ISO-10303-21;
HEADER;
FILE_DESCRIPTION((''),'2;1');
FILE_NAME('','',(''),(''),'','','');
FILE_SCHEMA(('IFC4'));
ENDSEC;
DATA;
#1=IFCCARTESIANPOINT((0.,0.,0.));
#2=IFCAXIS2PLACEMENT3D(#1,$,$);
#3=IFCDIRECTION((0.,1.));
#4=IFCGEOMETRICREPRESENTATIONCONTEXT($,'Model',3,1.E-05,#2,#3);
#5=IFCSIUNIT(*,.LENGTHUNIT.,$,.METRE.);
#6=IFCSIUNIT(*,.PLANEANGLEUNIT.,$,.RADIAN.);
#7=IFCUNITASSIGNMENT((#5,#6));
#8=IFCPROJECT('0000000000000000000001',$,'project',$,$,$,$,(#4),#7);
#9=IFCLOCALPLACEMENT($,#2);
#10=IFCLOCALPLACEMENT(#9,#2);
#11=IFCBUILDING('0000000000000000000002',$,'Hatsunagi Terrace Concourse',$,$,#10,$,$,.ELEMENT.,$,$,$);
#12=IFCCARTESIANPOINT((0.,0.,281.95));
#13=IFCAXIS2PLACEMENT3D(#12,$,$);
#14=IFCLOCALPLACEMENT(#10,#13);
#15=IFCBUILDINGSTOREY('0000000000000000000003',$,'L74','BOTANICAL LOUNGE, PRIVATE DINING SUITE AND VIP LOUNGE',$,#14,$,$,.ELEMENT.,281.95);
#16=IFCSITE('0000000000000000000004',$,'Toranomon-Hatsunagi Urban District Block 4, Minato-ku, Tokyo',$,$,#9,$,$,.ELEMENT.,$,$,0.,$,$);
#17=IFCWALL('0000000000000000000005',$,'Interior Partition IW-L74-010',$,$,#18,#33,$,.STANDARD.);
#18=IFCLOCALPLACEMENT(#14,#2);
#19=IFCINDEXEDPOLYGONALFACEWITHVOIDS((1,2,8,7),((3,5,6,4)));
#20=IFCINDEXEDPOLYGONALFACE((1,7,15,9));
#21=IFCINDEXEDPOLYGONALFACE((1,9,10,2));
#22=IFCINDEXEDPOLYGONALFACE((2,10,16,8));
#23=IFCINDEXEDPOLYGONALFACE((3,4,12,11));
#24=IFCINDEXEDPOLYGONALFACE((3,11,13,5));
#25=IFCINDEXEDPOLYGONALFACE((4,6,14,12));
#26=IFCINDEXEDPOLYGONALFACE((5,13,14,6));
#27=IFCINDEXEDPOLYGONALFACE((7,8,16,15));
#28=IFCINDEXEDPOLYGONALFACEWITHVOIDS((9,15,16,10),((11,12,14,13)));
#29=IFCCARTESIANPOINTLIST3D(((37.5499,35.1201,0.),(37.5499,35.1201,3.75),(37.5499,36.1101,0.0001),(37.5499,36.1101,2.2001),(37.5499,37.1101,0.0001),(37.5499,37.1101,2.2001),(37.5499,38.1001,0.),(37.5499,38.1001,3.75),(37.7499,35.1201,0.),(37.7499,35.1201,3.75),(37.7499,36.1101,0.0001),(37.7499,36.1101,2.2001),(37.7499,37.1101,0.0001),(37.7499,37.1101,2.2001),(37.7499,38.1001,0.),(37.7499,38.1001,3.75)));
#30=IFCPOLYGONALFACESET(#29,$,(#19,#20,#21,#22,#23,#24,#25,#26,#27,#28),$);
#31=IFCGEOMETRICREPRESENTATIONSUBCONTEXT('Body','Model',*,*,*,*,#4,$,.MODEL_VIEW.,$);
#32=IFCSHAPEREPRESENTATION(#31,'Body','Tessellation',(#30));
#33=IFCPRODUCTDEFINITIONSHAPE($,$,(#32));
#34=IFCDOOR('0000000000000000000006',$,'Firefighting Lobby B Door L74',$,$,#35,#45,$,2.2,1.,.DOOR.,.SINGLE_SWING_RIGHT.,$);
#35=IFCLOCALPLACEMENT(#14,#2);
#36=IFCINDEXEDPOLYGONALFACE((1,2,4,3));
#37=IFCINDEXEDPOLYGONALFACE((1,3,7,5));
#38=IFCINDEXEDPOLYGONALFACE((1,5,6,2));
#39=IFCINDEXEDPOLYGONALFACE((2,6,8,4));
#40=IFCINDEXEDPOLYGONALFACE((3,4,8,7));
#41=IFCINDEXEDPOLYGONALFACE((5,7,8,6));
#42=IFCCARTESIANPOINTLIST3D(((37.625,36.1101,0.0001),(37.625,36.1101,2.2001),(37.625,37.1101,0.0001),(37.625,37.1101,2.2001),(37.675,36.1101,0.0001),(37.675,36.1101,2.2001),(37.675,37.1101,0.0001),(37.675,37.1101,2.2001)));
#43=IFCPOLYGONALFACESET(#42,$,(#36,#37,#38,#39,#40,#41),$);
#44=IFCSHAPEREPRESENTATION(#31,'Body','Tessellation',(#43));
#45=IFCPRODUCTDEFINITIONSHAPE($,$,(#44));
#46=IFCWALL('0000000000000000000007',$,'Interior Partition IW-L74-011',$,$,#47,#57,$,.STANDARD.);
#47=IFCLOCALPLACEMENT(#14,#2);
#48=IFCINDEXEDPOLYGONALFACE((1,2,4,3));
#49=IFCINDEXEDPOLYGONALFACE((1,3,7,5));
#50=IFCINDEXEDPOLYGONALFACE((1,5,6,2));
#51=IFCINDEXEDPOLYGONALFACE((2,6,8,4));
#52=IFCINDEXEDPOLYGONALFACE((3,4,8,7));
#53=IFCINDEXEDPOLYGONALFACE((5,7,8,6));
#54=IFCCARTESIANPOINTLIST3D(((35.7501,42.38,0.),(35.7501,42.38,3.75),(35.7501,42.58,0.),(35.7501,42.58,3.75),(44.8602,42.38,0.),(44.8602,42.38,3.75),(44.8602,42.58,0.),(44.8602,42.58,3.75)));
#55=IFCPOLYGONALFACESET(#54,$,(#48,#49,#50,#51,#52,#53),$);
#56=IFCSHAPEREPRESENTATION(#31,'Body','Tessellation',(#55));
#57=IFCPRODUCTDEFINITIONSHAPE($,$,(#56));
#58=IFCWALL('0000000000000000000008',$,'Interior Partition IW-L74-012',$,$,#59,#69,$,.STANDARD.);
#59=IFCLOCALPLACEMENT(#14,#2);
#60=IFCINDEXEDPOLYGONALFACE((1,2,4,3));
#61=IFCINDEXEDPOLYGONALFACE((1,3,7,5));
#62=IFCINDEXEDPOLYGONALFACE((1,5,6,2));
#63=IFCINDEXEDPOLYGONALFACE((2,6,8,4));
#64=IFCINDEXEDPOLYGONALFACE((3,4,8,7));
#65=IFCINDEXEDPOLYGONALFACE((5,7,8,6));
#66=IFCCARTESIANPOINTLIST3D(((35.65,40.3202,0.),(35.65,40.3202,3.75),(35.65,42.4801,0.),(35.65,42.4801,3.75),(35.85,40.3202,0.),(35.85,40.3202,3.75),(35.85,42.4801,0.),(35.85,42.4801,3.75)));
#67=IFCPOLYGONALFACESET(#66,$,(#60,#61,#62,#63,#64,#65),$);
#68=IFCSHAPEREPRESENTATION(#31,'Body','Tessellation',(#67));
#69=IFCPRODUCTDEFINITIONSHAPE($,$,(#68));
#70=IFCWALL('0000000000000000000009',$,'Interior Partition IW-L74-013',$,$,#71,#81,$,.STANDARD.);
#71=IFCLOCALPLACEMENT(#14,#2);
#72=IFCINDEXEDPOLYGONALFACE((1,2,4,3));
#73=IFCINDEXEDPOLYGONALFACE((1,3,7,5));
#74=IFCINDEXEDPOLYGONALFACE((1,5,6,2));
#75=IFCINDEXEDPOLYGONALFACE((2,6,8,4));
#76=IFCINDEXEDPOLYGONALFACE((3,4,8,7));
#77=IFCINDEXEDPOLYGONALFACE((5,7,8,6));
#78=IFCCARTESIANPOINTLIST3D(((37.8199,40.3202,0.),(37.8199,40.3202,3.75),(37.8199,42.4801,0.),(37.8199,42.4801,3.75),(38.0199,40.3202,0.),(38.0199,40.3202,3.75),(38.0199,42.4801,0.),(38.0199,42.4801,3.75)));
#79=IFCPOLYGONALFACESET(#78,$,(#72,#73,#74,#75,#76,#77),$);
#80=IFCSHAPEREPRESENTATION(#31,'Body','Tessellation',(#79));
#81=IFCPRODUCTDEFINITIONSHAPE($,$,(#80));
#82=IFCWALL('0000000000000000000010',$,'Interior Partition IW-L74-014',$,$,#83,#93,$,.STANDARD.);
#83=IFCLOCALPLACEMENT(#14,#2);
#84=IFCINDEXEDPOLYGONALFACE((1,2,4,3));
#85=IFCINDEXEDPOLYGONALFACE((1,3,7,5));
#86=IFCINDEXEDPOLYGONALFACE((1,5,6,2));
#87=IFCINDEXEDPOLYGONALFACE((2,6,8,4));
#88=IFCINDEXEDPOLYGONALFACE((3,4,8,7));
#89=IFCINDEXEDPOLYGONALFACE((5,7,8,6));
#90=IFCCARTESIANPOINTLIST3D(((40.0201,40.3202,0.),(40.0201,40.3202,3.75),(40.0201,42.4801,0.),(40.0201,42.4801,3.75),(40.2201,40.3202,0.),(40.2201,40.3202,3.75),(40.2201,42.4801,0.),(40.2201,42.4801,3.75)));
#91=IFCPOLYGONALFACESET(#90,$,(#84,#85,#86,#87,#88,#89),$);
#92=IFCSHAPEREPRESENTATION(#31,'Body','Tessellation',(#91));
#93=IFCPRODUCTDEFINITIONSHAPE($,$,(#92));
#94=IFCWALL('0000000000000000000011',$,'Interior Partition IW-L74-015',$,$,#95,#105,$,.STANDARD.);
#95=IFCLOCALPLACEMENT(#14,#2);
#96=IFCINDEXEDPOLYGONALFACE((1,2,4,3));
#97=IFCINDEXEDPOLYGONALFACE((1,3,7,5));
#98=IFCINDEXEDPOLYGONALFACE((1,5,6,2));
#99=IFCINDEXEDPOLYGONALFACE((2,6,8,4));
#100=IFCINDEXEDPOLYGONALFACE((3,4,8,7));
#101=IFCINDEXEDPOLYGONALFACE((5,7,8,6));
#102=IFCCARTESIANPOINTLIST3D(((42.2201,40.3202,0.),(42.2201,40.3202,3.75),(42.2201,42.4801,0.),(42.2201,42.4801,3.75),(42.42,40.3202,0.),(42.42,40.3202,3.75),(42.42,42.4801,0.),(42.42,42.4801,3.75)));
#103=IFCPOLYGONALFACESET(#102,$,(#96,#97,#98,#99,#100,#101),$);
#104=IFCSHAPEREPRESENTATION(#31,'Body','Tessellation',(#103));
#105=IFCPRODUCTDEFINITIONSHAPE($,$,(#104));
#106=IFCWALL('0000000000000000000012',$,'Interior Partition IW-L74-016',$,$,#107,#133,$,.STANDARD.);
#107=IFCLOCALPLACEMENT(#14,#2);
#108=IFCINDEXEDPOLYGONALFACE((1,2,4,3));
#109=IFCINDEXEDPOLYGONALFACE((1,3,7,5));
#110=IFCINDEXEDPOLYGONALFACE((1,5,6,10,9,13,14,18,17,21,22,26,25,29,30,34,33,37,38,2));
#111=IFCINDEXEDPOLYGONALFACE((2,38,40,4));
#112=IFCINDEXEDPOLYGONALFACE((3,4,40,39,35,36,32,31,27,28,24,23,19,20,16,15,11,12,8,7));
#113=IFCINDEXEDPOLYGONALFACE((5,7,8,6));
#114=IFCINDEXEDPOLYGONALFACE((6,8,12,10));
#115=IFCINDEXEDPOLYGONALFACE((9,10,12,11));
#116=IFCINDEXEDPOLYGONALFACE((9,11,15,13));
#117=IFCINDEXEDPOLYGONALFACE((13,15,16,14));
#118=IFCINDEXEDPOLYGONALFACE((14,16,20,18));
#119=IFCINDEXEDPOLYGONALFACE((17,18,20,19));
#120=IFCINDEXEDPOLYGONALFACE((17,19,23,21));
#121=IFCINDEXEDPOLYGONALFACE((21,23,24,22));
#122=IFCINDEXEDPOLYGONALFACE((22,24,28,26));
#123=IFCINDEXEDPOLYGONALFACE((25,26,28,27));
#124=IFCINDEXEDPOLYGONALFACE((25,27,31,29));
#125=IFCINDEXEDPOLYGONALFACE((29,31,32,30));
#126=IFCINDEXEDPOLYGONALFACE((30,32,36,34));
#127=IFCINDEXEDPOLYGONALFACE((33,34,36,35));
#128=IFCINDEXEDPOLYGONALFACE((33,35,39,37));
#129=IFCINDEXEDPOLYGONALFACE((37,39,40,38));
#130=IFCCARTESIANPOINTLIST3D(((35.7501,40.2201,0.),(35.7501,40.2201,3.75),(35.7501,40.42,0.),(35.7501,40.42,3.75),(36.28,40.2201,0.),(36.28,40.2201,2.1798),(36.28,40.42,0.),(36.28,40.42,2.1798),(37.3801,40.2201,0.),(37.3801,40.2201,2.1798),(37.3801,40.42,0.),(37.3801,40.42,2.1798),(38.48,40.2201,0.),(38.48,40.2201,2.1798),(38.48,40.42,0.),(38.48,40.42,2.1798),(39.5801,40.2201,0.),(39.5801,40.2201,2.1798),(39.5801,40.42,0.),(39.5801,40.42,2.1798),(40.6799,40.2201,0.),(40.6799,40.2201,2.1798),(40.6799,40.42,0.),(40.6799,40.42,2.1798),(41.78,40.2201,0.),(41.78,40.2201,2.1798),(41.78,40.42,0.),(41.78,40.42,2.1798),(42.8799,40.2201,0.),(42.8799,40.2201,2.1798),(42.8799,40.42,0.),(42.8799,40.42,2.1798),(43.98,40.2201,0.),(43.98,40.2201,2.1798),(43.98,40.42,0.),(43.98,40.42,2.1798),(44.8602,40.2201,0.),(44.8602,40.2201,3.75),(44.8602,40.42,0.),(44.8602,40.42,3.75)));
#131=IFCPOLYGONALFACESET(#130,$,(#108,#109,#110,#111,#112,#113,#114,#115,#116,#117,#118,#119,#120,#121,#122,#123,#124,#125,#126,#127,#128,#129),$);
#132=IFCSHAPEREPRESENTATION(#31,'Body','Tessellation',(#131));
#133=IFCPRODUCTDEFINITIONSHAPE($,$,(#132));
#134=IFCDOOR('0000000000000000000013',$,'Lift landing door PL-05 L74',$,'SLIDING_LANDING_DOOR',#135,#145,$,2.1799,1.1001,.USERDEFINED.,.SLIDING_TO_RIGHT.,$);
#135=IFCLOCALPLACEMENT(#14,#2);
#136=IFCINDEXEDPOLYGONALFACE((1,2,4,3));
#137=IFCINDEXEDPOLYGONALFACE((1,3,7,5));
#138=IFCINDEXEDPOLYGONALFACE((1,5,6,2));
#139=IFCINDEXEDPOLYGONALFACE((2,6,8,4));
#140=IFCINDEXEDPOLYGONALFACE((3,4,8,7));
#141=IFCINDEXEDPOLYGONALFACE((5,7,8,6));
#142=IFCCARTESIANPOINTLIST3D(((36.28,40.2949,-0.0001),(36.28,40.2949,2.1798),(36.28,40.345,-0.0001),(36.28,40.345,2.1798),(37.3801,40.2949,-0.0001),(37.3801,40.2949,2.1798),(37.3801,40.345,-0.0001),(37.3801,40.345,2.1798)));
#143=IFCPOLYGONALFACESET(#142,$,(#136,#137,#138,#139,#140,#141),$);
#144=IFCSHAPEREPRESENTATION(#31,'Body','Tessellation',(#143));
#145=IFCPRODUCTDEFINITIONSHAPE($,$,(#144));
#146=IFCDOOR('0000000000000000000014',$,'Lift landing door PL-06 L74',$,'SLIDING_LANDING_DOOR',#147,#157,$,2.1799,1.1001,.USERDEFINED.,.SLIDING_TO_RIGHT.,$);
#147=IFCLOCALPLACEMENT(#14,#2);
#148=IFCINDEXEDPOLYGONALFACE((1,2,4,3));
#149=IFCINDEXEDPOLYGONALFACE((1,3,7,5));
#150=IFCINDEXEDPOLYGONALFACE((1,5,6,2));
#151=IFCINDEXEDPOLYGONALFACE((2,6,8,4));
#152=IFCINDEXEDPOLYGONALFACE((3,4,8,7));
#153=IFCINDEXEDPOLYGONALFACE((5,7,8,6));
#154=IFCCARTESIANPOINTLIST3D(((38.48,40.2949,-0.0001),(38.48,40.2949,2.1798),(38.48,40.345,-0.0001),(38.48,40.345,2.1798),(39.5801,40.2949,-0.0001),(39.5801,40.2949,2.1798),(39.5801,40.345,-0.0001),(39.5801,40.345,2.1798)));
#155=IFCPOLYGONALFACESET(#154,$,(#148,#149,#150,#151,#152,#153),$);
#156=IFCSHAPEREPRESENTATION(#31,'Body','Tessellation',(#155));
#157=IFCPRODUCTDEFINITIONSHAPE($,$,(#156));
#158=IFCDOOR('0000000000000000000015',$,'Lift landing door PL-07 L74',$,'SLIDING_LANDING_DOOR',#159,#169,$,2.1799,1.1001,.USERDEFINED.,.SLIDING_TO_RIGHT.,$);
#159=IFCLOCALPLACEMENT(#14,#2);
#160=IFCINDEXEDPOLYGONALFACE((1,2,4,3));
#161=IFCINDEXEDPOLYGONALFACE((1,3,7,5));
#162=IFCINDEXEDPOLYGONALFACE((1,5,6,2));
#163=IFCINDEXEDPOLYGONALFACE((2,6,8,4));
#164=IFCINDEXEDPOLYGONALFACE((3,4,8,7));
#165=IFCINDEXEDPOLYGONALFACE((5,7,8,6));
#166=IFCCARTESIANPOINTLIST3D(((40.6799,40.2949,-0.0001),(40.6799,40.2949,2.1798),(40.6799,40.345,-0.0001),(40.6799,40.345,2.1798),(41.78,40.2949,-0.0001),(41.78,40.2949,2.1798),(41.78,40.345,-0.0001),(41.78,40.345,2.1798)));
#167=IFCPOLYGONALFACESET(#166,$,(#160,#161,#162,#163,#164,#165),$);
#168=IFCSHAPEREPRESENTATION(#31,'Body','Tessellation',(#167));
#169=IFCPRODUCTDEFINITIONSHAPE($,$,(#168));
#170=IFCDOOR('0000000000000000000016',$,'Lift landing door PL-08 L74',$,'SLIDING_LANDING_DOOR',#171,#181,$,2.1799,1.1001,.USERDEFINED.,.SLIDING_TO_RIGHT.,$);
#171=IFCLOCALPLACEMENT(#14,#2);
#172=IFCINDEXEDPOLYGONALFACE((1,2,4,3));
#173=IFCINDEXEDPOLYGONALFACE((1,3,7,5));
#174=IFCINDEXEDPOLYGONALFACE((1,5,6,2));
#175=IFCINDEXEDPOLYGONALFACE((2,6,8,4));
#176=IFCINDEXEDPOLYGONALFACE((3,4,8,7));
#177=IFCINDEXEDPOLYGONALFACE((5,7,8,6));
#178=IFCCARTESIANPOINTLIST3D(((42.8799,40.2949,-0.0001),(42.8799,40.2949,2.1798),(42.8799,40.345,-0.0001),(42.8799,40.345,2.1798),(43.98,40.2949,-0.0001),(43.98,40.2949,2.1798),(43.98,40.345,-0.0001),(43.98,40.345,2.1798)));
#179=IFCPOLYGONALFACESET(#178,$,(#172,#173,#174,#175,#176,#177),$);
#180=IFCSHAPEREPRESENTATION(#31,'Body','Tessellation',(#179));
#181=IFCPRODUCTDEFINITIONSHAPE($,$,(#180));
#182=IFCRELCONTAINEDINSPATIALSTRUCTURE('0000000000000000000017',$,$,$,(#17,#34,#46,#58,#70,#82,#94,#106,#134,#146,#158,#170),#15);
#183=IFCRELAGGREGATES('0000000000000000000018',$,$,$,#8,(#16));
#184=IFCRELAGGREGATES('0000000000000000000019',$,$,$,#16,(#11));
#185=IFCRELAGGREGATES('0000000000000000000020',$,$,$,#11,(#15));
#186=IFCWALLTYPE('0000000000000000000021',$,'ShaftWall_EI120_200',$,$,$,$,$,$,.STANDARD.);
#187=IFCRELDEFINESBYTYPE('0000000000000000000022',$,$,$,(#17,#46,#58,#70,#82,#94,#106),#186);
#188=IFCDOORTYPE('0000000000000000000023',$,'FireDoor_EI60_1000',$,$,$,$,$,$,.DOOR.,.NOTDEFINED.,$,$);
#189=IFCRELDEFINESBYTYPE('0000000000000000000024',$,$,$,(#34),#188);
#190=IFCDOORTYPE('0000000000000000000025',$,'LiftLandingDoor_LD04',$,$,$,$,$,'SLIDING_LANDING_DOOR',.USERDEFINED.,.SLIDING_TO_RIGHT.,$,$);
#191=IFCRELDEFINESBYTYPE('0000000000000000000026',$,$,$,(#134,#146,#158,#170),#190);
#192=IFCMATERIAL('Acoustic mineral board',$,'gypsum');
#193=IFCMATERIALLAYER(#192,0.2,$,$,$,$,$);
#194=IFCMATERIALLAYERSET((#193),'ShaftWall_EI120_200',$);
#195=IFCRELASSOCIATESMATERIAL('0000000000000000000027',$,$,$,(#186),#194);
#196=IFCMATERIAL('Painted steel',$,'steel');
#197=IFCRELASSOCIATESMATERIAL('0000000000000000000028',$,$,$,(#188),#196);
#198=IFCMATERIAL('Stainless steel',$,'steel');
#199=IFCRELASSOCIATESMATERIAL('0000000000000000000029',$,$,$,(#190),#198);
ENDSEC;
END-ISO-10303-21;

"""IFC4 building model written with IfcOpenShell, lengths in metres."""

from ifc_helpers import new_model, si_unit, direction, frame, frame_2d, origin, place, context, subcontext, project, spatial, rectangle, extrude, material, layer, layer_set, type_object, element, fill, save


model = new_model("IFC4")

# Units and contexts
model_context = context("Model", 3, precision=1e-05, world=origin(), true_north=direction((0.0, 1.0)))
body_context = subcontext(model_context, "Body", "Model", "MODEL_VIEW")
ifc_project = project(units=[si_unit("LENGTHUNIT", "METRE"), si_unit("PLANEANGLEUNIT", "RADIAN")], contexts=[model_context])

# Site, building, storey
site_placement = place(None, origin())
site = spatial("IfcSite", under=ifc_project, at=site_placement, Name="Toranomon-Hatsunagi Urban District Block 4, Minato-ku, Tokyo", CompositionType="ELEMENT", RefElevation=0.0)
building_placement = place(site_placement, origin())
building = spatial("IfcBuilding", under=site, at=building_placement, Name="Hatsunagi Terrace Concourse", CompositionType="ELEMENT")
storey_placement = place(building_placement, frame((0.0, 0.0, 281.95)))
storey = spatial("IfcBuildingStorey", under=building, at=storey_placement, Name="L74", Description="BOTANICAL LOUNGE, PRIVATE DINING SUITE AND VIP LOUNGE", CompositionType="ELEMENT", Elevation=281.95)

# Shared definitions
ifc_material_1 = material(Name="Acoustic mineral board", Category="gypsum")
ifc_layer_1 = layer(ifc_material_1, 0.2)
ifc_layer_set_1 = layer_set([ifc_layer_1], Name="ShaftWall_EI120_200")
wall_type_1 = type_object("IfcWallType", Name="ShaftWall_EI120_200", PredefinedType="STANDARD", material=ifc_layer_set_1)

# Wall, opening, door
wall_1_placement = place(storey_placement, frame((37.6499, 35.1201, 0.0), z_axis=(0.0, 0.0, 1.0), x_axis=(0.0, 1.0, 0.0)))
wall_1 = element("IfcWall", 1, at=wall_1_placement, inside=storey, type_object=wall_type_1, Name="Interior Partition IW-L74-010", PredefinedType="STANDARD", context=body_context, shape_type="SweptSolid", body=[
    extrude(rectangle(XDim=2.98, YDim=0.2, at=frame_2d((1.49, 0.0))), origin(), (0.0, 0.0, 1.0), 3.75),
])
opening_1_placement = place(wall_1_placement, frame((0.99, 0.0, 0.0)))
opening_1 = element("IfcOpeningElement", 2, at=opening_1_placement, cuts=wall_1, PredefinedType="OPENING", context=body_context, shape_type="SweptSolid", body=[
    extrude(rectangle(XDim=1.0, YDim=2.2, at=frame_2d((0.5, 1.1001))), frame((0.0, 0.1099, 0.0), z_axis=(0.0, -1.0, 0.0), x_axis=(1.0, 0.0, 0.0)), (0.0, 0.0, 1.0), 0.22),
])
ifc_material_2 = material(Name="Painted steel", Category="steel")
door_type_1 = type_object("IfcDoorType", Name="FireDoor_EI60_1000", OperationType="NOTDEFINED", PredefinedType="DOOR", material=ifc_material_2)
door_1_placement = place(opening_1_placement, origin())
door_1 = element("IfcDoor", 3, at=door_1_placement, inside=storey, type_object=door_type_1, Name="Firefighting Lobby B Door L74", OperationType="SINGLE_SWING_RIGHT", OverallHeight=2.2, OverallWidth=1.0, PredefinedType="DOOR", context=body_context, shape_type="SweptSolid", body=[
    extrude(rectangle(XDim=1.0, YDim=2.2, at=frame_2d((0.5, 1.1001))), frame((0.0, 0.0249, 0.0), z_axis=(0.0, -1.0, 0.0), x_axis=(1.0, 0.0, 0.0)), (0.0, 0.0, 1.0), 0.05),
])
fill(opening_1, door_1)

# Walls
wall_2_placement = place(storey_placement, frame((35.75, 42.48, 0.0), z_axis=(0.0, 0.0, 1.0), x_axis=(1.0, 0.0, 0.0)))
element("IfcWall", 4, at=wall_2_placement, inside=storey, type_object=wall_type_1, Name="Interior Partition IW-L74-011", PredefinedType="STANDARD", context=body_context, shape_type="SweptSolid", body=[
    extrude(rectangle(XDim=9.1101, YDim=0.2, at=frame_2d((4.5552, 0.0))), origin(), (0.0, 0.0, 1.0), 3.75),
])
for number, where, z_axis, x_axis, name in (
    (5, (35.75, 40.3201, 0.0), (0.0, 0.0, 1.0), (0.0, 1.0, 0.0), "Interior Partition IW-L74-012"),
    (6, (37.9199, 40.3201, 0.0), (0.0, 0.0, 1.0), (0.0, 1.0, 0.0), "Interior Partition IW-L74-013"),
    (7, (40.1201, 40.3201, 0.0), (0.0, 0.0, 1.0), (0.0, 1.0, 0.0), "Interior Partition IW-L74-014"),
    (8, (42.3201, 40.3201, 0.0), (0.0, 0.0, 1.0), (0.0, 1.0, 0.0), "Interior Partition IW-L74-015"),
):
    element("IfcWall", number, at=place(storey_placement, frame(where, z_axis=z_axis, x_axis=x_axis)), inside=storey, type_object=wall_type_1, Name=name, PredefinedType="STANDARD", context=body_context, shape_type="SweptSolid", body=[
        extrude(rectangle(XDim=2.1599, YDim=0.2, at=frame_2d((1.0801, 0.0))), origin(), (0.0, 0.0, 1.0), 3.75),
    ])

# Wall, openings, doors
wall_3_placement = place(storey_placement, frame((35.75, 40.3201, 0.0), z_axis=(0.0, 0.0, 1.0), x_axis=(1.0, 0.0, 0.0)))
wall_3 = element("IfcWall", 9, at=wall_3_placement, inside=storey, type_object=wall_type_1, Name="Interior Partition IW-L74-016", PredefinedType="STANDARD", context=body_context, shape_type="SweptSolid", body=[
    extrude(rectangle(XDim=9.1101, YDim=0.2, at=frame_2d((4.5552, 0.0))), origin(), (0.0, 0.0, 1.0), 3.75),
])
opening_2_placement = place(wall_3_placement, frame((0.53, 0.0, 0.0)))
opening_2 = element("IfcOpeningElement", 10, at=opening_2_placement, cuts=wall_3, PredefinedType="OPENING", context=body_context, shape_type="SweptSolid", body=[
    extrude(rectangle(XDim=1.1001, YDim=2.1799, at=frame_2d((0.55, 1.0898))), frame((0.0, 0.1099, 0.0), z_axis=(0.0, -1.0, 0.0), x_axis=(1.0, 0.0, 0.0)), (0.0, 0.0, 1.0), 0.22),
])
opening_3_placement = place(wall_3_placement, frame((2.73, 0.0, 0.0)))
opening_3 = element("IfcOpeningElement", 11, at=opening_3_placement, cuts=wall_3, PredefinedType="OPENING", context=body_context, shape_type="SweptSolid", body=[
    extrude(rectangle(XDim=1.1001, YDim=2.1799, at=frame_2d((0.55, 1.0898))), frame((0.0, 0.1099, 0.0), z_axis=(0.0, -1.0, 0.0), x_axis=(1.0, 0.0, 0.0)), (0.0, 0.0, 1.0), 0.22),
])
opening_4_placement = place(wall_3_placement, frame((4.9299, 0.0, 0.0)))
opening_4 = element("IfcOpeningElement", 12, at=opening_4_placement, cuts=wall_3, PredefinedType="OPENING", context=body_context, shape_type="SweptSolid", body=[
    extrude(rectangle(XDim=1.1001, YDim=2.1799, at=frame_2d((0.55, 1.0898))), frame((0.0, 0.1099, 0.0), z_axis=(0.0, -1.0, 0.0), x_axis=(1.0, 0.0, 0.0)), (0.0, 0.0, 1.0), 0.22),
])
opening_5_placement = place(wall_3_placement, frame((7.1299, 0.0, 0.0)))
opening_5 = element("IfcOpeningElement", 13, at=opening_5_placement, cuts=wall_3, PredefinedType="OPENING", context=body_context, shape_type="SweptSolid", body=[
    extrude(rectangle(XDim=1.1001, YDim=2.1799, at=frame_2d((0.55, 1.0898))), frame((0.0, 0.1099, 0.0), z_axis=(0.0, -1.0, 0.0), x_axis=(1.0, 0.0, 0.0)), (0.0, 0.0, 1.0), 0.22),
])
ifc_material_3 = material(Name="Stainless steel", Category="steel")
door_type_2 = type_object("IfcDoorType", Name="LiftLandingDoor_LD04", ElementType="SLIDING_LANDING_DOOR", OperationType="SLIDING_TO_RIGHT", PredefinedType="USERDEFINED", material=ifc_material_3)
door_2_placement = place(opening_2_placement, origin())
door_2 = element("IfcDoor", 14, at=door_2_placement, inside=storey, type_object=door_type_2, Name="Lift landing door PL-05 L74", ObjectType="SLIDING_LANDING_DOOR", OperationType="SLIDING_TO_RIGHT", OverallHeight=2.1799, OverallWidth=1.1001, PredefinedType="USERDEFINED", context=body_context, shape_type="SweptSolid", body=[
    extrude(rectangle(XDim=1.1001, YDim=2.1799, at=frame_2d((0.55, 1.0898))), frame((0.0, 0.0249, 0.0), z_axis=(0.0, -1.0, 0.0), x_axis=(1.0, 0.0, 0.0)), (0.0, 0.0, 1.0), 0.05),
])
fill(opening_2, door_2)
door_3_placement = place(opening_3_placement, origin())
door_3 = element("IfcDoor", 15, at=door_3_placement, inside=storey, type_object=door_type_2, Name="Lift landing door PL-06 L74", ObjectType="SLIDING_LANDING_DOOR", OperationType="SLIDING_TO_RIGHT", OverallHeight=2.1799, OverallWidth=1.1001, PredefinedType="USERDEFINED", context=body_context, shape_type="SweptSolid", body=[
    extrude(rectangle(XDim=1.1001, YDim=2.1799, at=frame_2d((0.55, 1.0898))), frame((0.0, 0.0249, 0.0), z_axis=(0.0, -1.0, 0.0), x_axis=(1.0, 0.0, 0.0)), (0.0, 0.0, 1.0), 0.05),
])
fill(opening_3, door_3)
door_4_placement = place(opening_4_placement, origin())
door_4 = element("IfcDoor", 16, at=door_4_placement, inside=storey, type_object=door_type_2, Name="Lift landing door PL-07 L74", ObjectType="SLIDING_LANDING_DOOR", OperationType="SLIDING_TO_RIGHT", OverallHeight=2.1799, OverallWidth=1.1001, PredefinedType="USERDEFINED", context=body_context, shape_type="SweptSolid", body=[
    extrude(rectangle(XDim=1.1001, YDim=2.1799, at=frame_2d((0.55, 1.0898))), frame((0.0, 0.0249, 0.0), z_axis=(0.0, -1.0, 0.0), x_axis=(1.0, 0.0, 0.0)), (0.0, 0.0, 1.0), 0.05),
])
fill(opening_4, door_4)
door_5_placement = place(opening_5_placement, origin())
door_5 = element("IfcDoor", 17, at=door_5_placement, inside=storey, type_object=door_type_2, Name="Lift landing door PL-08 L74", ObjectType="SLIDING_LANDING_DOOR", OperationType="SLIDING_TO_RIGHT", OverallHeight=2.1799, OverallWidth=1.1001, PredefinedType="USERDEFINED", context=body_context, shape_type="SweptSolid", body=[
    extrude(rectangle(XDim=1.1001, YDim=2.1799, at=frame_2d((0.55, 1.0898))), frame((0.0, 0.0249, 0.0), z_axis=(0.0, -1.0, 0.0), x_axis=(1.0, 0.0, 0.0)), (0.0, 0.0, 1.0), 0.05),
])
fill(opening_5, door_5)

save(model, "model.ifc")
